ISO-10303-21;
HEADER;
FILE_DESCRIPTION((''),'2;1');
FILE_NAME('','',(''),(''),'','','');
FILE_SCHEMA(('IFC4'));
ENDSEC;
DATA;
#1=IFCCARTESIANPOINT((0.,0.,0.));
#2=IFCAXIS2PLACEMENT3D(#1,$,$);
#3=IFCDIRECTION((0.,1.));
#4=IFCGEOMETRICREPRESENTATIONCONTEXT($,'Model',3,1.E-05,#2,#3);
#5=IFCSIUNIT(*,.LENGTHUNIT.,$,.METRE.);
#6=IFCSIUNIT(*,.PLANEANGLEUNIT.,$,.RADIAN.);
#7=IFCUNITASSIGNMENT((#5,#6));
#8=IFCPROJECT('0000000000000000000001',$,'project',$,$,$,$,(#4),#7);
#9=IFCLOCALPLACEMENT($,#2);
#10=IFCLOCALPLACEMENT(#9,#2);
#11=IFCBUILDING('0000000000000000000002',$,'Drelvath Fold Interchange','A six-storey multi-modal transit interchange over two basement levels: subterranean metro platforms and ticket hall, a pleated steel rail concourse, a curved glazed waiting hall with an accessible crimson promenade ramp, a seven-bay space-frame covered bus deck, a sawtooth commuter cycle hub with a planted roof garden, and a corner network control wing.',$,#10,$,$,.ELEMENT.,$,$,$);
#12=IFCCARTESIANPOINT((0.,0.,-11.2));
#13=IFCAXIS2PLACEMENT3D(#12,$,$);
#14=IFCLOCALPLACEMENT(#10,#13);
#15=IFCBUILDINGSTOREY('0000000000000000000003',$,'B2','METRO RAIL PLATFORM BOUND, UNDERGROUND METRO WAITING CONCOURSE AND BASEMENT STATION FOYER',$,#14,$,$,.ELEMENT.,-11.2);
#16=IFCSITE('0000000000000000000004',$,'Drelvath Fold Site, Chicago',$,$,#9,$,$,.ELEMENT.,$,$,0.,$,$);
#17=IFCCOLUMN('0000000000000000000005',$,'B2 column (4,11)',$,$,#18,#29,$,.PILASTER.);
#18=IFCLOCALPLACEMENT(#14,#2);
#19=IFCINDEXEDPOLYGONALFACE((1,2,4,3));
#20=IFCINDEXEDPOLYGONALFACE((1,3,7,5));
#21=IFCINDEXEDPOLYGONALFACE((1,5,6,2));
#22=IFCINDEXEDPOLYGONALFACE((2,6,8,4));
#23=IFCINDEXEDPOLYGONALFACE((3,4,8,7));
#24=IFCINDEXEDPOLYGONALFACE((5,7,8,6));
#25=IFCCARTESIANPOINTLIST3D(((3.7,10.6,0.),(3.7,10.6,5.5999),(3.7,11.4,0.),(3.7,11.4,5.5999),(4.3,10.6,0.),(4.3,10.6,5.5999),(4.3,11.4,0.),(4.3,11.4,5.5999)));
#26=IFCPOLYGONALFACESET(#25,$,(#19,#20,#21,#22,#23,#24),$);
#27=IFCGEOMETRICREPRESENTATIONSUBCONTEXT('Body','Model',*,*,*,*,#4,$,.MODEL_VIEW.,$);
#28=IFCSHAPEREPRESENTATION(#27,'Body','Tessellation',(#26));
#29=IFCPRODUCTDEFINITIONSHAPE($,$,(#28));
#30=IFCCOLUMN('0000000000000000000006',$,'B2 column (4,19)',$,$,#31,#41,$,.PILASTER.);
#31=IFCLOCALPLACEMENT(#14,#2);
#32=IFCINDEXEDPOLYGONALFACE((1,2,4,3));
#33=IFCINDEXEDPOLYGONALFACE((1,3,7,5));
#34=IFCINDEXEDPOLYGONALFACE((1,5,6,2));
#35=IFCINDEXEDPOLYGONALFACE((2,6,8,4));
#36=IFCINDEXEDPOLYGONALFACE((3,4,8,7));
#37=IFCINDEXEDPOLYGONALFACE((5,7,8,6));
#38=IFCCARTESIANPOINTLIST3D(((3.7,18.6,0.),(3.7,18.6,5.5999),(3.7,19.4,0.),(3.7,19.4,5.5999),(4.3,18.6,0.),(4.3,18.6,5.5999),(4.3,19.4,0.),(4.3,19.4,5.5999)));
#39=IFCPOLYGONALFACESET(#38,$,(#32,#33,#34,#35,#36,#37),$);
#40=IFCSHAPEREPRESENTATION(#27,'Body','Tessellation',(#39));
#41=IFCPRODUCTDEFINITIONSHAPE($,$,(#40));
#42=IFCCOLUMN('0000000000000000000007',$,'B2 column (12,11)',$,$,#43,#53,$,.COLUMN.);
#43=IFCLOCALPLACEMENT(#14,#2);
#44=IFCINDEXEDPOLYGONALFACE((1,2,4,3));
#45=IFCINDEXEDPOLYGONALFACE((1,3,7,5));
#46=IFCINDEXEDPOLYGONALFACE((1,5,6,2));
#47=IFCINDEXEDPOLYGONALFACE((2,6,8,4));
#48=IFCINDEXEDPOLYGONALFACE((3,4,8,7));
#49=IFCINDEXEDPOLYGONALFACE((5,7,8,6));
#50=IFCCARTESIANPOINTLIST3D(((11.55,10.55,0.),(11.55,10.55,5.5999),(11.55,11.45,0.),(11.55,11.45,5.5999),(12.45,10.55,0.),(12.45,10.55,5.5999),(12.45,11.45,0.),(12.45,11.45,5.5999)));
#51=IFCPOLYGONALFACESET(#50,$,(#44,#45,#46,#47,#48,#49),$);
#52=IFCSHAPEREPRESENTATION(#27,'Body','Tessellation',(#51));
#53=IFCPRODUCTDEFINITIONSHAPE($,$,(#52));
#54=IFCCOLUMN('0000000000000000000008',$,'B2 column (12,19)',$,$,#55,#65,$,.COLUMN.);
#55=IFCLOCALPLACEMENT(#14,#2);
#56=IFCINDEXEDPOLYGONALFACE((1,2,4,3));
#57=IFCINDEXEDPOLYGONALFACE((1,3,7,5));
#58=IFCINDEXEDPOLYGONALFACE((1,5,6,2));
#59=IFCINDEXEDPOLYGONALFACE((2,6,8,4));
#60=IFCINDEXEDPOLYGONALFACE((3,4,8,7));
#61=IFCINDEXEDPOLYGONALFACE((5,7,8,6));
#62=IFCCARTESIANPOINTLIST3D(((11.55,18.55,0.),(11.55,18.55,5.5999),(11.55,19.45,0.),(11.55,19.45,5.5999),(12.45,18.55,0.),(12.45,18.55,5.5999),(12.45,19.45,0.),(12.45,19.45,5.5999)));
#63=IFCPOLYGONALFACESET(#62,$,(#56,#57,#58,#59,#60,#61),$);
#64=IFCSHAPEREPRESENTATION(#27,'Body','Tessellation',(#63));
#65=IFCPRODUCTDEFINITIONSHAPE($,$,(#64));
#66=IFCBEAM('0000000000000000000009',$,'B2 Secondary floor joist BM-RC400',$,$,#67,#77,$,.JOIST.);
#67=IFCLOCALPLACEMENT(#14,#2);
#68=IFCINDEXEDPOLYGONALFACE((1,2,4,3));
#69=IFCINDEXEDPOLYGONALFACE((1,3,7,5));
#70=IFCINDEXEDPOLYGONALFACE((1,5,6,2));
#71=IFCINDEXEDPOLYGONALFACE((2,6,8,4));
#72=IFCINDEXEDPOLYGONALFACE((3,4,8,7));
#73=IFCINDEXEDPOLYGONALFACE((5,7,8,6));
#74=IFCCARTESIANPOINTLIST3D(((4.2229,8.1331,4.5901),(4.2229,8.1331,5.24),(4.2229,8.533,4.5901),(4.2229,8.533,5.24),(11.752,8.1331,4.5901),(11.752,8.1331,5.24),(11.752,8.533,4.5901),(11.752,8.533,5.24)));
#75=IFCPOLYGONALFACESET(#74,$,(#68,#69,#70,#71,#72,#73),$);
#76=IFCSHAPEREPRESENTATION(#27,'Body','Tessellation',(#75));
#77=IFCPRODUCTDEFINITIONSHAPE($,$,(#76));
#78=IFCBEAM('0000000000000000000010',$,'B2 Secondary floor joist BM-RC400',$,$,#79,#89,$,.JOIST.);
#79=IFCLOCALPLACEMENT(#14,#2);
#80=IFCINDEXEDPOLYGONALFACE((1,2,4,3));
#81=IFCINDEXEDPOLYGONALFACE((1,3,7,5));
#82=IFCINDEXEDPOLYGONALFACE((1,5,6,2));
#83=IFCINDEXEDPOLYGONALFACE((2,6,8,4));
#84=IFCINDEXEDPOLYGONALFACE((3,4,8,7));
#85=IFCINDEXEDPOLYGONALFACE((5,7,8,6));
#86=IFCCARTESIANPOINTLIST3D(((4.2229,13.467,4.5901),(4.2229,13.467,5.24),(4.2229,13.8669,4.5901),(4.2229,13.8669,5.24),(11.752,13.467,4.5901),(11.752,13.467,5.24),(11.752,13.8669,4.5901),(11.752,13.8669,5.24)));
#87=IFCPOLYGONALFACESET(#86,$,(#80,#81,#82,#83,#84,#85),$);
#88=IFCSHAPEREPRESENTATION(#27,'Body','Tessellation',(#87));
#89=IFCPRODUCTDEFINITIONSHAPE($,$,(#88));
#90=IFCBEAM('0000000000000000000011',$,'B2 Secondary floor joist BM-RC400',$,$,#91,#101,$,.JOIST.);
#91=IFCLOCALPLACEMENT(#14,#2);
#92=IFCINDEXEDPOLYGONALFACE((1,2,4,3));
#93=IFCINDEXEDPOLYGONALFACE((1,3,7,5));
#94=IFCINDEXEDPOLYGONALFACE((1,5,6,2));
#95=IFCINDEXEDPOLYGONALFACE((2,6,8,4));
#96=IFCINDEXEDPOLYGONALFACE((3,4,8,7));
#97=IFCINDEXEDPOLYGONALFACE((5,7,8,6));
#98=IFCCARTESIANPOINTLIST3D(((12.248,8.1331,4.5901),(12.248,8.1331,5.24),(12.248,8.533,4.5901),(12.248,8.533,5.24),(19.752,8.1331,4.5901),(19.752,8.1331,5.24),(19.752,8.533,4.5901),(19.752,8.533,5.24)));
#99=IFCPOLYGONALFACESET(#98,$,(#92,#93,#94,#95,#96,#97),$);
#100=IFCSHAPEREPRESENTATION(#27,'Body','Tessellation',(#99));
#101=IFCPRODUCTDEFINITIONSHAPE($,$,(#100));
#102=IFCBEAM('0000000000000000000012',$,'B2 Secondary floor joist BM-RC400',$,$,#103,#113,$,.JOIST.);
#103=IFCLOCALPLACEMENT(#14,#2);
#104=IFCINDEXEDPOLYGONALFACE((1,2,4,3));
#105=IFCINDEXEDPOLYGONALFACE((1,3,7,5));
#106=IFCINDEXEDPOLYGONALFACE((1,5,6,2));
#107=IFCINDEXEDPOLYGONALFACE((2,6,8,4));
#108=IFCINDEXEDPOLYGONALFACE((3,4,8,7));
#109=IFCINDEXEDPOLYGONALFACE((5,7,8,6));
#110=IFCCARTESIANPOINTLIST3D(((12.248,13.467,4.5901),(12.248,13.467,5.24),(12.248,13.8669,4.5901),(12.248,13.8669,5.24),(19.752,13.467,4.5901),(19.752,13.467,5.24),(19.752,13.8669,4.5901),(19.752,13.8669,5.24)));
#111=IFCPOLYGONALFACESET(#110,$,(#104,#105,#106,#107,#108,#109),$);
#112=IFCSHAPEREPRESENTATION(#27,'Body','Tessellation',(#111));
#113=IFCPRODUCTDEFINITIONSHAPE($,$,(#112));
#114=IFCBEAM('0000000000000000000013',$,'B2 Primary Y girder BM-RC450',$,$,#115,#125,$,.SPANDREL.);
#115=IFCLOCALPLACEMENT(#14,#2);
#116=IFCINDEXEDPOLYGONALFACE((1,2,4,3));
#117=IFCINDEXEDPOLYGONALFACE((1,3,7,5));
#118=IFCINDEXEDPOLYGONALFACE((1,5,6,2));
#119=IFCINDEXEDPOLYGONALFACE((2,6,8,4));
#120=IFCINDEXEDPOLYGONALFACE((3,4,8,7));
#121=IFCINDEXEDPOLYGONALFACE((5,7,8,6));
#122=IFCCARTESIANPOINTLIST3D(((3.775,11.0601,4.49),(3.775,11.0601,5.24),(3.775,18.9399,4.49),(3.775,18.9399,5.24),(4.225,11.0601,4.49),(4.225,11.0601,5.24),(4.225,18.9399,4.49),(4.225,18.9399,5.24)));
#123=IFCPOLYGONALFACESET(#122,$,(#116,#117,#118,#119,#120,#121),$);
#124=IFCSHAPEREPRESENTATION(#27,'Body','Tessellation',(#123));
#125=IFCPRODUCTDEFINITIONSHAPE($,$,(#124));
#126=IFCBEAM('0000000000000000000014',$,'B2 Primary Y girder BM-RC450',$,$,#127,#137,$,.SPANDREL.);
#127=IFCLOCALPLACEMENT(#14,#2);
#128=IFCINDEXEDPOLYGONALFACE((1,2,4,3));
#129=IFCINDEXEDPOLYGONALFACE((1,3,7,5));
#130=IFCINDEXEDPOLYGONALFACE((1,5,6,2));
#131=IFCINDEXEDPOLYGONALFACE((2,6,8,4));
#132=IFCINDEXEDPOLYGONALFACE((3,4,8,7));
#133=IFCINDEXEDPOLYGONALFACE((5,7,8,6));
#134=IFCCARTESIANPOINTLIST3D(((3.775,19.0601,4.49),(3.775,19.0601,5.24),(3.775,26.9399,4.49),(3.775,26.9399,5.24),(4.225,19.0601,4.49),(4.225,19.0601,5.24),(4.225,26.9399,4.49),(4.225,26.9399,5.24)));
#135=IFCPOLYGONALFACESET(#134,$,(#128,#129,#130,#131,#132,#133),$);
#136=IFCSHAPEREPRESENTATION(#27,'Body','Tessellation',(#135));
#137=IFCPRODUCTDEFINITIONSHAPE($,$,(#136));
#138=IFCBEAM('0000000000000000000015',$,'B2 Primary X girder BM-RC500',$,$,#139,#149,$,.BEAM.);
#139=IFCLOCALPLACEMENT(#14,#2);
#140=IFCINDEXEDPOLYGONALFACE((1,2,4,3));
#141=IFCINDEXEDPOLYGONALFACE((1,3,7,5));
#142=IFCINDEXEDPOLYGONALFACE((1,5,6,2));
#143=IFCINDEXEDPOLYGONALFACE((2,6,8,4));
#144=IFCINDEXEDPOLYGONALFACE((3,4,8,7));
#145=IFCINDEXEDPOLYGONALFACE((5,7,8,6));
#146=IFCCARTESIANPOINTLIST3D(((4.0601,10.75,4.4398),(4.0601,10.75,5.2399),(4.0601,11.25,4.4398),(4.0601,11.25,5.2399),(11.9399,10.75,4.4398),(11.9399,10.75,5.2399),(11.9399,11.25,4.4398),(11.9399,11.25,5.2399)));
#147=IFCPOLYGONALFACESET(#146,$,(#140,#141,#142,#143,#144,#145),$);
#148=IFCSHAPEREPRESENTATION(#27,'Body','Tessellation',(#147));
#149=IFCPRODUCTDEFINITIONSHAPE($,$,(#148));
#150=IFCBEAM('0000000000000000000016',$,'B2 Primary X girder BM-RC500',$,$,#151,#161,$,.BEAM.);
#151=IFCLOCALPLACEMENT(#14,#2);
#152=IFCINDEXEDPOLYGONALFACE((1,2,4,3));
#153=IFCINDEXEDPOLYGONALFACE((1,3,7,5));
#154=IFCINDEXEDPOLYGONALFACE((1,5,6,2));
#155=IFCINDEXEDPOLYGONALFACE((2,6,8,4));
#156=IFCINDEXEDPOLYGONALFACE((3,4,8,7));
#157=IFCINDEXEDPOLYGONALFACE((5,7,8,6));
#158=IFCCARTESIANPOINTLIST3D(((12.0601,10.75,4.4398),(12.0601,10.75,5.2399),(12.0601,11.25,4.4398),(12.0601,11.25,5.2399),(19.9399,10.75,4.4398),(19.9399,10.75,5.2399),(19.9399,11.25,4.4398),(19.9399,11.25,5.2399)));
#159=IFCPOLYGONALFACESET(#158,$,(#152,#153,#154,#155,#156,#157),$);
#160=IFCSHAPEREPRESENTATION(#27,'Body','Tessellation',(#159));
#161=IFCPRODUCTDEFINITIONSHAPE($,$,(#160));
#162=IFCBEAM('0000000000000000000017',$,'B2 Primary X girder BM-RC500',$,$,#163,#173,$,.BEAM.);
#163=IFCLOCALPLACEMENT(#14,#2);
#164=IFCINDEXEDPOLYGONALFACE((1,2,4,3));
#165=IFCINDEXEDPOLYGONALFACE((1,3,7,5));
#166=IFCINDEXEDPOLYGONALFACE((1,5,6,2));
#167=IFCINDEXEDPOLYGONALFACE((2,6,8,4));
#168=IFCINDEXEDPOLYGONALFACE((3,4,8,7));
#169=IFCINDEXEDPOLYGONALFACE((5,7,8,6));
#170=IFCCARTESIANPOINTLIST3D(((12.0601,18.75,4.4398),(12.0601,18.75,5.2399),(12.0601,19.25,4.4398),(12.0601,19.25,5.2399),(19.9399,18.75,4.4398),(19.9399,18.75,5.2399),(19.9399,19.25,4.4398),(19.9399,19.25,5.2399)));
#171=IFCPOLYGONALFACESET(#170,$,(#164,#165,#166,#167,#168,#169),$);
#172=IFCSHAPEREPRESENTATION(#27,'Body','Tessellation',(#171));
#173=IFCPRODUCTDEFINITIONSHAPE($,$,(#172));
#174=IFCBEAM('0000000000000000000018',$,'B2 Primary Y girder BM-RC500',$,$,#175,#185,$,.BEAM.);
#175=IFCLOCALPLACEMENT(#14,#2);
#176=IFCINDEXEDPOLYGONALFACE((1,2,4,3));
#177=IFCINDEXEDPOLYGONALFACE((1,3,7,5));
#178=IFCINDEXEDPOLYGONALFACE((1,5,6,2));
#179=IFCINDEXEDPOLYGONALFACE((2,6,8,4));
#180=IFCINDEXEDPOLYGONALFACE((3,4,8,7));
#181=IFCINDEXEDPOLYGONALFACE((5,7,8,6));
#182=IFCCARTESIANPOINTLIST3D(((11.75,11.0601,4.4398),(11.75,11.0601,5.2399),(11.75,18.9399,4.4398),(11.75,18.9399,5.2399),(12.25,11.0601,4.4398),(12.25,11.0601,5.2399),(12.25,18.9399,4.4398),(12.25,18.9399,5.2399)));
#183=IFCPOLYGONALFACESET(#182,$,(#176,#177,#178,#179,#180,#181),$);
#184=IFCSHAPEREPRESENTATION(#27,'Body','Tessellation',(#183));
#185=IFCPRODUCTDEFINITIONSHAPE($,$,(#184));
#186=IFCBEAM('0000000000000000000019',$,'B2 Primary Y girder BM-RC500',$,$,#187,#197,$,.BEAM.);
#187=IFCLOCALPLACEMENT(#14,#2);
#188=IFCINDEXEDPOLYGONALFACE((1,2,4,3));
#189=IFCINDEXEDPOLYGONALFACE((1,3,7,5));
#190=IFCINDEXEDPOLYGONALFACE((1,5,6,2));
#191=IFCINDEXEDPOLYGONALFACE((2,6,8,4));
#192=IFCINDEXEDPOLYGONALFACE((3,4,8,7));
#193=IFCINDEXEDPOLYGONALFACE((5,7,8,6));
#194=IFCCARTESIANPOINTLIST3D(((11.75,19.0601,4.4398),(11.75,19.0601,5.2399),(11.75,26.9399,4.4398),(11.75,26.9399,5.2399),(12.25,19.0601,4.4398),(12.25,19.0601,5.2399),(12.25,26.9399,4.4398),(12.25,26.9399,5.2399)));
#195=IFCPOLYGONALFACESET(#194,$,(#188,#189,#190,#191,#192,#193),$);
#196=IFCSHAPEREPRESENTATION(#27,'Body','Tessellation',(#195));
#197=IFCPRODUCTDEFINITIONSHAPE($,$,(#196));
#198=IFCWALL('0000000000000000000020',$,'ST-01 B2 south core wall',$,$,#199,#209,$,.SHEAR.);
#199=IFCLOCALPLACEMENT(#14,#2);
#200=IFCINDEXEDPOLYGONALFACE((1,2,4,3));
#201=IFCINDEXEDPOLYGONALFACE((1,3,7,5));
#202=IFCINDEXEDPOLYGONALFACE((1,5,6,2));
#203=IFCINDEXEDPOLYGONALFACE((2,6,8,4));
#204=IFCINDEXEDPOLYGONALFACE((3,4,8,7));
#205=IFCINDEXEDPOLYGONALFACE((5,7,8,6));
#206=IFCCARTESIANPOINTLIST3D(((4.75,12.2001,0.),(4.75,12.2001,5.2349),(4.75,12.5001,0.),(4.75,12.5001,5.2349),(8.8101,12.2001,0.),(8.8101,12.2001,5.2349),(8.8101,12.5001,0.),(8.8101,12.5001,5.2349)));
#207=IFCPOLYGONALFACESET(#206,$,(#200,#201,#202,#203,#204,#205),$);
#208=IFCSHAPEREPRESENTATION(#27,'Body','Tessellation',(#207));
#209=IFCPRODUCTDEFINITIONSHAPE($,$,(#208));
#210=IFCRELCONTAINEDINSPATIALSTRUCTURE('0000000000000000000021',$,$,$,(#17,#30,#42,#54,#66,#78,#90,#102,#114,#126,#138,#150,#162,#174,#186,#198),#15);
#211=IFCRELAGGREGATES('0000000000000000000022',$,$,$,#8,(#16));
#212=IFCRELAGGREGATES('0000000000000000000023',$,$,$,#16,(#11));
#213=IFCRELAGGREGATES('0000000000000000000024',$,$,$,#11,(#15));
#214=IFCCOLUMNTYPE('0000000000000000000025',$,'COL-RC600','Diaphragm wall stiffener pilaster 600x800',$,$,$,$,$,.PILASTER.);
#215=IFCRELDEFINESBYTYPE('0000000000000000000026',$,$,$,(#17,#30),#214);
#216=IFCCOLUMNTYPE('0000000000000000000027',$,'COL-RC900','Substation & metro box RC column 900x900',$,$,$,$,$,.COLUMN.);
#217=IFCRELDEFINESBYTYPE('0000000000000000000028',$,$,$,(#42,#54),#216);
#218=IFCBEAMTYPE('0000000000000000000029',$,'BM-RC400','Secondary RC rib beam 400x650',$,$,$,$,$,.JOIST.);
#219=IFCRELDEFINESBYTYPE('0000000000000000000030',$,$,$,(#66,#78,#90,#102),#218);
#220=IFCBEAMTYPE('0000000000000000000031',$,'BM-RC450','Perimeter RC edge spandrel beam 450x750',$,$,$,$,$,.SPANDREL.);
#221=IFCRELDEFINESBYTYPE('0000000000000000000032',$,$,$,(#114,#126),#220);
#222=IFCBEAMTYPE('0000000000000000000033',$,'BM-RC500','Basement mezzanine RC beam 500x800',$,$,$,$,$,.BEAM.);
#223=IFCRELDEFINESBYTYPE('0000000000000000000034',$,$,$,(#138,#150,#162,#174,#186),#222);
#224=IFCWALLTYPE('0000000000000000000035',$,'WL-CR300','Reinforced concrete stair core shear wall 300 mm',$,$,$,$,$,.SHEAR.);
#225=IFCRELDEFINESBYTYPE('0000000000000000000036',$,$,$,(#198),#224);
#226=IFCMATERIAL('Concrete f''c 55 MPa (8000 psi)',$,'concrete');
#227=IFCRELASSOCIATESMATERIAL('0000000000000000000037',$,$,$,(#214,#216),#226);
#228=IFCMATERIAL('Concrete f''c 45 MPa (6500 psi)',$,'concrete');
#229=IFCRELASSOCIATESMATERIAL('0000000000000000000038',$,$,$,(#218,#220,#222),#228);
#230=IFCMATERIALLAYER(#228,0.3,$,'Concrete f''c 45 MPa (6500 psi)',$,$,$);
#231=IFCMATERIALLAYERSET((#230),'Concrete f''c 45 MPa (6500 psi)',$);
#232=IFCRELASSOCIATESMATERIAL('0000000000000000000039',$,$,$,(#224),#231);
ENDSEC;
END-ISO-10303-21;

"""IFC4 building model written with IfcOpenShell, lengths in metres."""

from ifc_helpers import new_model, si_unit, direction, frame, frame_2d, origin, origin_2d, place, context, subcontext, project, spatial, rectangle, extrude, material, layer, layer_set, material_profile, profile_set, type_object, element, save


model = new_model("IFC4")

# Units and contexts
model_context = context("Model", 3, precision=1e-05, world=origin(), true_north=direction((0.0, 1.0)))
body_context = subcontext(model_context, "Body", "Model", "MODEL_VIEW")
ifc_project = project(units=[si_unit("LENGTHUNIT", "METRE"), si_unit("PLANEANGLEUNIT", "RADIAN")], contexts=[model_context])

# Site, building, storey
site_placement = place(None, origin())
site = spatial("IfcSite", under=ifc_project, at=site_placement, Name="Drelvath Fold Site, Chicago", CompositionType="ELEMENT", RefElevation=0.0)
building_placement = place(site_placement, origin())
building = spatial("IfcBuilding", under=site, at=building_placement, Name="Drelvath Fold Interchange", Description="A six-storey multi-modal transit interchange over two basement levels: subterranean metro platforms and ticket hall, a pleated steel rail concourse, a curved glazed waiting hall with an accessible crimson promenade ramp, a seven-bay space-frame covered bus deck, a sawtooth commuter cycle hub with a planted roof garden, and a corner network control wing.", CompositionType="ELEMENT")
storey_placement = place(building_placement, frame((0.0, 0.0, -11.2)))
storey = spatial("IfcBuildingStorey", under=building, at=storey_placement, Name="B2", Description="METRO RAIL PLATFORM BOUND, UNDERGROUND METRO WAITING CONCOURSE AND BASEMENT STATION FOYER", CompositionType="ELEMENT", Elevation=-11.2)

# Shared definitions
ifc_material_1 = material(Name="Concrete f'c 55 MPa (8000 psi)", Category="concrete")

# Columns
ifc_material_profile_1 = material_profile(ifc_material_1, rectangle(XDim=0.6001, YDim=0.8, at=origin_2d()), Name="RC 600x800")
ifc_profile_set_1 = profile_set([ifc_material_profile_1], Name="Concrete f'c 55 MPa (8000 psi)")
column_type_1 = type_object("IfcColumnType", Name="COL-RC600", Description="Diaphragm wall stiffener pilaster 600x800", PredefinedType="PILASTER", material=ifc_profile_set_1)
for number, where, z_axis, x_axis, name in (
    (1, (4.0, 11.0, 0.0), (0.0, 0.0, 1.0), (1.0, 0.0, 0.0), "B2 column (4,11)"),
    (2, (4.0, 19.0, 0.0), (0.0, 0.0, 1.0), (1.0, 0.0, 0.0), "B2 column (4,19)"),
):
    element("IfcColumn", number, at=place(storey_placement, frame(where, z_axis=z_axis, x_axis=x_axis)), inside=storey, type_object=column_type_1, Name=name, PredefinedType="PILASTER", context=body_context, shape_type="SweptSolid", body=[
        extrude(rectangle(XDim=0.6001, YDim=0.8, at=origin_2d()), origin(), (0.0, 0.0, 1.0), 5.5999),
    ])
ifc_material_profile_2 = material_profile(ifc_material_1, rectangle(XDim=0.8999, YDim=0.8999, at=origin_2d()), Name="RC 900x900")
ifc_profile_set_2 = profile_set([ifc_material_profile_2], Name="Concrete f'c 55 MPa (8000 psi)")
column_type_2 = type_object("IfcColumnType", Name="COL-RC900", Description="Substation & metro box RC column 900x900", PredefinedType="COLUMN", material=ifc_profile_set_2)
for number, where, z_axis, x_axis, name in (
    (3, (12.0, 11.0, 0.0), (0.0, 0.0, 1.0), (1.0, 0.0, 0.0), "B2 column (12,11)"),
    (4, (12.0, 19.0, 0.0), (0.0, 0.0, 1.0), (1.0, 0.0, 0.0), "B2 column (12,19)"),
):
    element("IfcColumn", number, at=place(storey_placement, frame(where, z_axis=z_axis, x_axis=x_axis)), inside=storey, type_object=column_type_2, Name=name, PredefinedType="COLUMN", context=body_context, shape_type="SweptSolid", body=[
        extrude(rectangle(XDim=0.8999, YDim=0.8999, at=origin_2d()), origin(), (0.0, 0.0, 1.0), 5.5999),
    ])

# Beams
ifc_material_2 = material(Name="Concrete f'c 45 MPa (6500 psi)", Category="concrete")
ifc_material_profile_3 = material_profile(ifc_material_2, rectangle(XDim=0.3999, YDim=0.6499, at=origin_2d()), Name="RC 400x650")
ifc_profile_set_3 = profile_set([ifc_material_profile_3], Name="Concrete f'c 45 MPa (6500 psi)")
beam_type_1 = type_object("IfcBeamType", Name="BM-RC400", Description="Secondary RC rib beam 400x650", PredefinedType="JOIST", material=ifc_profile_set_3)
for number, where, z_axis, x_axis, name in (
    (5, (4.2229, 8.333, 4.915), (1.0, 0.0, 0.0), (0.0, 1.0, 0.0), "B2 Secondary floor joist BM-RC400"),
    (6, (4.2229, 13.667, 4.915), (1.0, 0.0, 0.0), (0.0, 1.0, 0.0), "B2 Secondary floor joist BM-RC400"),
):
    element("IfcBeam", number, at=place(storey_placement, frame(where, z_axis=z_axis, x_axis=x_axis)), inside=storey, type_object=beam_type_1, Name=name, PredefinedType="JOIST", context=body_context, shape_type="SweptSolid", body=[
        extrude(rectangle(XDim=0.3999, YDim=0.6499, at=origin_2d()), origin(), (0.0, 0.0, 1.0), 7.5291),
    ])
for number, where, z_axis, x_axis, name in (
    (7, (12.248, 8.333, 4.915), (1.0, 0.0, 0.0), (0.0, 1.0, 0.0), "B2 Secondary floor joist BM-RC400"),
    (8, (12.248, 13.667, 4.915), (1.0, 0.0, 0.0), (0.0, 1.0, 0.0), "B2 Secondary floor joist BM-RC400"),
):
    element("IfcBeam", number, at=place(storey_placement, frame(where, z_axis=z_axis, x_axis=x_axis)), inside=storey, type_object=beam_type_1, Name=name, PredefinedType="JOIST", context=body_context, shape_type="SweptSolid", body=[
        extrude(rectangle(XDim=0.3999, YDim=0.6499, at=origin_2d()), origin(), (0.0, 0.0, 1.0), 7.5039),
    ])
ifc_material_profile_4 = material_profile(ifc_material_2, rectangle(XDim=0.45, YDim=0.75, at=origin_2d()), Name="RC 450x750")
ifc_profile_set_4 = profile_set([ifc_material_profile_4], Name="Concrete f'c 45 MPa (6500 psi)")
beam_type_2 = type_object("IfcBeamType", Name="BM-RC450", Description="Perimeter RC edge spandrel beam 450x750", PredefinedType="SPANDREL", material=ifc_profile_set_4)
for number, where, z_axis, x_axis, name in (
    (9, (4.0, 11.0601, 4.865), (0.0, 1.0, 0.0), (-1.0, 0.0, 0.0), "B2 Primary Y girder BM-RC450"),
    (10, (4.0, 19.0601, 4.865), (0.0, 1.0, 0.0), (-1.0, 0.0, 0.0), "B2 Primary Y girder BM-RC450"),
):
    element("IfcBeam", number, at=place(storey_placement, frame(where, z_axis=z_axis, x_axis=x_axis)), inside=storey, type_object=beam_type_2, Name=name, PredefinedType="SPANDREL", context=body_context, shape_type="SweptSolid", body=[
        extrude(rectangle(XDim=0.45, YDim=0.75, at=origin_2d()), origin(), (0.0, 0.0, 1.0), 7.8799),
    ])
ifc_material_profile_5 = material_profile(ifc_material_2, rectangle(XDim=0.5, YDim=0.8, at=origin_2d()), Name="RC 500x800")
ifc_profile_set_5 = profile_set([ifc_material_profile_5], Name="Concrete f'c 45 MPa (6500 psi)")
beam_type_3 = type_object("IfcBeamType", Name="BM-RC500", Description="Basement mezzanine RC beam 500x800", PredefinedType="BEAM", material=ifc_profile_set_5)
for number, where, z_axis, x_axis, name in (
    (11, (4.0601, 11.0, 4.8398), (1.0, 0.0, 0.0), (0.0, 1.0, 0.0), "B2 Primary X girder BM-RC500"),
    (12, (12.0601, 11.0, 4.8398), (1.0, 0.0, 0.0), (0.0, 1.0, 0.0), "B2 Primary X girder BM-RC500"),
    (13, (12.0601, 19.0, 4.8398), (1.0, 0.0, 0.0), (0.0, 1.0, 0.0), "B2 Primary X girder BM-RC500"),
    (14, (12.0, 11.0601, 4.8398), (0.0, 1.0, 0.0), (-1.0, 0.0, 0.0), "B2 Primary Y girder BM-RC500"),
    (15, (12.0, 19.0601, 4.8398), (0.0, 1.0, 0.0), (-1.0, 0.0, 0.0), "B2 Primary Y girder BM-RC500"),
):
    element("IfcBeam", number, at=place(storey_placement, frame(where, z_axis=z_axis, x_axis=x_axis)), inside=storey, type_object=beam_type_3, Name=name, PredefinedType="BEAM", context=body_context, shape_type="SweptSolid", body=[
        extrude(rectangle(XDim=0.5, YDim=0.8, at=origin_2d()), origin(), (0.0, 0.0, 1.0), 7.8799),
    ])

# Wall
ifc_layer_1 = layer(ifc_material_2, 0.3, Name="Concrete f'c 45 MPa (6500 psi)")
ifc_layer_set_1 = layer_set([ifc_layer_1], Name="Concrete f'c 45 MPa (6500 psi)")
wall_type_1 = type_object("IfcWallType", Name="WL-CR300", Description="Reinforced concrete stair core shear wall 300 mm", PredefinedType="SHEAR", material=ifc_layer_set_1)
wall_1_placement = place(storey_placement, frame((4.75, 12.3501, 0.0), z_axis=(0.0, 0.0, 1.0), x_axis=(1.0, 0.0, 0.0)))
element("IfcWall", 16, at=wall_1_placement, inside=storey, type_object=wall_type_1, Name="ST-01 B2 south core wall", PredefinedType="SHEAR", context=body_context, shape_type="SweptSolid", body=[
    extrude(rectangle(XDim=4.0601, YDim=0.3, at=frame_2d((2.03, 0.0))), origin(), (0.0, 0.0, 1.0), 5.2349),
])

save(model, "model.ifc")
